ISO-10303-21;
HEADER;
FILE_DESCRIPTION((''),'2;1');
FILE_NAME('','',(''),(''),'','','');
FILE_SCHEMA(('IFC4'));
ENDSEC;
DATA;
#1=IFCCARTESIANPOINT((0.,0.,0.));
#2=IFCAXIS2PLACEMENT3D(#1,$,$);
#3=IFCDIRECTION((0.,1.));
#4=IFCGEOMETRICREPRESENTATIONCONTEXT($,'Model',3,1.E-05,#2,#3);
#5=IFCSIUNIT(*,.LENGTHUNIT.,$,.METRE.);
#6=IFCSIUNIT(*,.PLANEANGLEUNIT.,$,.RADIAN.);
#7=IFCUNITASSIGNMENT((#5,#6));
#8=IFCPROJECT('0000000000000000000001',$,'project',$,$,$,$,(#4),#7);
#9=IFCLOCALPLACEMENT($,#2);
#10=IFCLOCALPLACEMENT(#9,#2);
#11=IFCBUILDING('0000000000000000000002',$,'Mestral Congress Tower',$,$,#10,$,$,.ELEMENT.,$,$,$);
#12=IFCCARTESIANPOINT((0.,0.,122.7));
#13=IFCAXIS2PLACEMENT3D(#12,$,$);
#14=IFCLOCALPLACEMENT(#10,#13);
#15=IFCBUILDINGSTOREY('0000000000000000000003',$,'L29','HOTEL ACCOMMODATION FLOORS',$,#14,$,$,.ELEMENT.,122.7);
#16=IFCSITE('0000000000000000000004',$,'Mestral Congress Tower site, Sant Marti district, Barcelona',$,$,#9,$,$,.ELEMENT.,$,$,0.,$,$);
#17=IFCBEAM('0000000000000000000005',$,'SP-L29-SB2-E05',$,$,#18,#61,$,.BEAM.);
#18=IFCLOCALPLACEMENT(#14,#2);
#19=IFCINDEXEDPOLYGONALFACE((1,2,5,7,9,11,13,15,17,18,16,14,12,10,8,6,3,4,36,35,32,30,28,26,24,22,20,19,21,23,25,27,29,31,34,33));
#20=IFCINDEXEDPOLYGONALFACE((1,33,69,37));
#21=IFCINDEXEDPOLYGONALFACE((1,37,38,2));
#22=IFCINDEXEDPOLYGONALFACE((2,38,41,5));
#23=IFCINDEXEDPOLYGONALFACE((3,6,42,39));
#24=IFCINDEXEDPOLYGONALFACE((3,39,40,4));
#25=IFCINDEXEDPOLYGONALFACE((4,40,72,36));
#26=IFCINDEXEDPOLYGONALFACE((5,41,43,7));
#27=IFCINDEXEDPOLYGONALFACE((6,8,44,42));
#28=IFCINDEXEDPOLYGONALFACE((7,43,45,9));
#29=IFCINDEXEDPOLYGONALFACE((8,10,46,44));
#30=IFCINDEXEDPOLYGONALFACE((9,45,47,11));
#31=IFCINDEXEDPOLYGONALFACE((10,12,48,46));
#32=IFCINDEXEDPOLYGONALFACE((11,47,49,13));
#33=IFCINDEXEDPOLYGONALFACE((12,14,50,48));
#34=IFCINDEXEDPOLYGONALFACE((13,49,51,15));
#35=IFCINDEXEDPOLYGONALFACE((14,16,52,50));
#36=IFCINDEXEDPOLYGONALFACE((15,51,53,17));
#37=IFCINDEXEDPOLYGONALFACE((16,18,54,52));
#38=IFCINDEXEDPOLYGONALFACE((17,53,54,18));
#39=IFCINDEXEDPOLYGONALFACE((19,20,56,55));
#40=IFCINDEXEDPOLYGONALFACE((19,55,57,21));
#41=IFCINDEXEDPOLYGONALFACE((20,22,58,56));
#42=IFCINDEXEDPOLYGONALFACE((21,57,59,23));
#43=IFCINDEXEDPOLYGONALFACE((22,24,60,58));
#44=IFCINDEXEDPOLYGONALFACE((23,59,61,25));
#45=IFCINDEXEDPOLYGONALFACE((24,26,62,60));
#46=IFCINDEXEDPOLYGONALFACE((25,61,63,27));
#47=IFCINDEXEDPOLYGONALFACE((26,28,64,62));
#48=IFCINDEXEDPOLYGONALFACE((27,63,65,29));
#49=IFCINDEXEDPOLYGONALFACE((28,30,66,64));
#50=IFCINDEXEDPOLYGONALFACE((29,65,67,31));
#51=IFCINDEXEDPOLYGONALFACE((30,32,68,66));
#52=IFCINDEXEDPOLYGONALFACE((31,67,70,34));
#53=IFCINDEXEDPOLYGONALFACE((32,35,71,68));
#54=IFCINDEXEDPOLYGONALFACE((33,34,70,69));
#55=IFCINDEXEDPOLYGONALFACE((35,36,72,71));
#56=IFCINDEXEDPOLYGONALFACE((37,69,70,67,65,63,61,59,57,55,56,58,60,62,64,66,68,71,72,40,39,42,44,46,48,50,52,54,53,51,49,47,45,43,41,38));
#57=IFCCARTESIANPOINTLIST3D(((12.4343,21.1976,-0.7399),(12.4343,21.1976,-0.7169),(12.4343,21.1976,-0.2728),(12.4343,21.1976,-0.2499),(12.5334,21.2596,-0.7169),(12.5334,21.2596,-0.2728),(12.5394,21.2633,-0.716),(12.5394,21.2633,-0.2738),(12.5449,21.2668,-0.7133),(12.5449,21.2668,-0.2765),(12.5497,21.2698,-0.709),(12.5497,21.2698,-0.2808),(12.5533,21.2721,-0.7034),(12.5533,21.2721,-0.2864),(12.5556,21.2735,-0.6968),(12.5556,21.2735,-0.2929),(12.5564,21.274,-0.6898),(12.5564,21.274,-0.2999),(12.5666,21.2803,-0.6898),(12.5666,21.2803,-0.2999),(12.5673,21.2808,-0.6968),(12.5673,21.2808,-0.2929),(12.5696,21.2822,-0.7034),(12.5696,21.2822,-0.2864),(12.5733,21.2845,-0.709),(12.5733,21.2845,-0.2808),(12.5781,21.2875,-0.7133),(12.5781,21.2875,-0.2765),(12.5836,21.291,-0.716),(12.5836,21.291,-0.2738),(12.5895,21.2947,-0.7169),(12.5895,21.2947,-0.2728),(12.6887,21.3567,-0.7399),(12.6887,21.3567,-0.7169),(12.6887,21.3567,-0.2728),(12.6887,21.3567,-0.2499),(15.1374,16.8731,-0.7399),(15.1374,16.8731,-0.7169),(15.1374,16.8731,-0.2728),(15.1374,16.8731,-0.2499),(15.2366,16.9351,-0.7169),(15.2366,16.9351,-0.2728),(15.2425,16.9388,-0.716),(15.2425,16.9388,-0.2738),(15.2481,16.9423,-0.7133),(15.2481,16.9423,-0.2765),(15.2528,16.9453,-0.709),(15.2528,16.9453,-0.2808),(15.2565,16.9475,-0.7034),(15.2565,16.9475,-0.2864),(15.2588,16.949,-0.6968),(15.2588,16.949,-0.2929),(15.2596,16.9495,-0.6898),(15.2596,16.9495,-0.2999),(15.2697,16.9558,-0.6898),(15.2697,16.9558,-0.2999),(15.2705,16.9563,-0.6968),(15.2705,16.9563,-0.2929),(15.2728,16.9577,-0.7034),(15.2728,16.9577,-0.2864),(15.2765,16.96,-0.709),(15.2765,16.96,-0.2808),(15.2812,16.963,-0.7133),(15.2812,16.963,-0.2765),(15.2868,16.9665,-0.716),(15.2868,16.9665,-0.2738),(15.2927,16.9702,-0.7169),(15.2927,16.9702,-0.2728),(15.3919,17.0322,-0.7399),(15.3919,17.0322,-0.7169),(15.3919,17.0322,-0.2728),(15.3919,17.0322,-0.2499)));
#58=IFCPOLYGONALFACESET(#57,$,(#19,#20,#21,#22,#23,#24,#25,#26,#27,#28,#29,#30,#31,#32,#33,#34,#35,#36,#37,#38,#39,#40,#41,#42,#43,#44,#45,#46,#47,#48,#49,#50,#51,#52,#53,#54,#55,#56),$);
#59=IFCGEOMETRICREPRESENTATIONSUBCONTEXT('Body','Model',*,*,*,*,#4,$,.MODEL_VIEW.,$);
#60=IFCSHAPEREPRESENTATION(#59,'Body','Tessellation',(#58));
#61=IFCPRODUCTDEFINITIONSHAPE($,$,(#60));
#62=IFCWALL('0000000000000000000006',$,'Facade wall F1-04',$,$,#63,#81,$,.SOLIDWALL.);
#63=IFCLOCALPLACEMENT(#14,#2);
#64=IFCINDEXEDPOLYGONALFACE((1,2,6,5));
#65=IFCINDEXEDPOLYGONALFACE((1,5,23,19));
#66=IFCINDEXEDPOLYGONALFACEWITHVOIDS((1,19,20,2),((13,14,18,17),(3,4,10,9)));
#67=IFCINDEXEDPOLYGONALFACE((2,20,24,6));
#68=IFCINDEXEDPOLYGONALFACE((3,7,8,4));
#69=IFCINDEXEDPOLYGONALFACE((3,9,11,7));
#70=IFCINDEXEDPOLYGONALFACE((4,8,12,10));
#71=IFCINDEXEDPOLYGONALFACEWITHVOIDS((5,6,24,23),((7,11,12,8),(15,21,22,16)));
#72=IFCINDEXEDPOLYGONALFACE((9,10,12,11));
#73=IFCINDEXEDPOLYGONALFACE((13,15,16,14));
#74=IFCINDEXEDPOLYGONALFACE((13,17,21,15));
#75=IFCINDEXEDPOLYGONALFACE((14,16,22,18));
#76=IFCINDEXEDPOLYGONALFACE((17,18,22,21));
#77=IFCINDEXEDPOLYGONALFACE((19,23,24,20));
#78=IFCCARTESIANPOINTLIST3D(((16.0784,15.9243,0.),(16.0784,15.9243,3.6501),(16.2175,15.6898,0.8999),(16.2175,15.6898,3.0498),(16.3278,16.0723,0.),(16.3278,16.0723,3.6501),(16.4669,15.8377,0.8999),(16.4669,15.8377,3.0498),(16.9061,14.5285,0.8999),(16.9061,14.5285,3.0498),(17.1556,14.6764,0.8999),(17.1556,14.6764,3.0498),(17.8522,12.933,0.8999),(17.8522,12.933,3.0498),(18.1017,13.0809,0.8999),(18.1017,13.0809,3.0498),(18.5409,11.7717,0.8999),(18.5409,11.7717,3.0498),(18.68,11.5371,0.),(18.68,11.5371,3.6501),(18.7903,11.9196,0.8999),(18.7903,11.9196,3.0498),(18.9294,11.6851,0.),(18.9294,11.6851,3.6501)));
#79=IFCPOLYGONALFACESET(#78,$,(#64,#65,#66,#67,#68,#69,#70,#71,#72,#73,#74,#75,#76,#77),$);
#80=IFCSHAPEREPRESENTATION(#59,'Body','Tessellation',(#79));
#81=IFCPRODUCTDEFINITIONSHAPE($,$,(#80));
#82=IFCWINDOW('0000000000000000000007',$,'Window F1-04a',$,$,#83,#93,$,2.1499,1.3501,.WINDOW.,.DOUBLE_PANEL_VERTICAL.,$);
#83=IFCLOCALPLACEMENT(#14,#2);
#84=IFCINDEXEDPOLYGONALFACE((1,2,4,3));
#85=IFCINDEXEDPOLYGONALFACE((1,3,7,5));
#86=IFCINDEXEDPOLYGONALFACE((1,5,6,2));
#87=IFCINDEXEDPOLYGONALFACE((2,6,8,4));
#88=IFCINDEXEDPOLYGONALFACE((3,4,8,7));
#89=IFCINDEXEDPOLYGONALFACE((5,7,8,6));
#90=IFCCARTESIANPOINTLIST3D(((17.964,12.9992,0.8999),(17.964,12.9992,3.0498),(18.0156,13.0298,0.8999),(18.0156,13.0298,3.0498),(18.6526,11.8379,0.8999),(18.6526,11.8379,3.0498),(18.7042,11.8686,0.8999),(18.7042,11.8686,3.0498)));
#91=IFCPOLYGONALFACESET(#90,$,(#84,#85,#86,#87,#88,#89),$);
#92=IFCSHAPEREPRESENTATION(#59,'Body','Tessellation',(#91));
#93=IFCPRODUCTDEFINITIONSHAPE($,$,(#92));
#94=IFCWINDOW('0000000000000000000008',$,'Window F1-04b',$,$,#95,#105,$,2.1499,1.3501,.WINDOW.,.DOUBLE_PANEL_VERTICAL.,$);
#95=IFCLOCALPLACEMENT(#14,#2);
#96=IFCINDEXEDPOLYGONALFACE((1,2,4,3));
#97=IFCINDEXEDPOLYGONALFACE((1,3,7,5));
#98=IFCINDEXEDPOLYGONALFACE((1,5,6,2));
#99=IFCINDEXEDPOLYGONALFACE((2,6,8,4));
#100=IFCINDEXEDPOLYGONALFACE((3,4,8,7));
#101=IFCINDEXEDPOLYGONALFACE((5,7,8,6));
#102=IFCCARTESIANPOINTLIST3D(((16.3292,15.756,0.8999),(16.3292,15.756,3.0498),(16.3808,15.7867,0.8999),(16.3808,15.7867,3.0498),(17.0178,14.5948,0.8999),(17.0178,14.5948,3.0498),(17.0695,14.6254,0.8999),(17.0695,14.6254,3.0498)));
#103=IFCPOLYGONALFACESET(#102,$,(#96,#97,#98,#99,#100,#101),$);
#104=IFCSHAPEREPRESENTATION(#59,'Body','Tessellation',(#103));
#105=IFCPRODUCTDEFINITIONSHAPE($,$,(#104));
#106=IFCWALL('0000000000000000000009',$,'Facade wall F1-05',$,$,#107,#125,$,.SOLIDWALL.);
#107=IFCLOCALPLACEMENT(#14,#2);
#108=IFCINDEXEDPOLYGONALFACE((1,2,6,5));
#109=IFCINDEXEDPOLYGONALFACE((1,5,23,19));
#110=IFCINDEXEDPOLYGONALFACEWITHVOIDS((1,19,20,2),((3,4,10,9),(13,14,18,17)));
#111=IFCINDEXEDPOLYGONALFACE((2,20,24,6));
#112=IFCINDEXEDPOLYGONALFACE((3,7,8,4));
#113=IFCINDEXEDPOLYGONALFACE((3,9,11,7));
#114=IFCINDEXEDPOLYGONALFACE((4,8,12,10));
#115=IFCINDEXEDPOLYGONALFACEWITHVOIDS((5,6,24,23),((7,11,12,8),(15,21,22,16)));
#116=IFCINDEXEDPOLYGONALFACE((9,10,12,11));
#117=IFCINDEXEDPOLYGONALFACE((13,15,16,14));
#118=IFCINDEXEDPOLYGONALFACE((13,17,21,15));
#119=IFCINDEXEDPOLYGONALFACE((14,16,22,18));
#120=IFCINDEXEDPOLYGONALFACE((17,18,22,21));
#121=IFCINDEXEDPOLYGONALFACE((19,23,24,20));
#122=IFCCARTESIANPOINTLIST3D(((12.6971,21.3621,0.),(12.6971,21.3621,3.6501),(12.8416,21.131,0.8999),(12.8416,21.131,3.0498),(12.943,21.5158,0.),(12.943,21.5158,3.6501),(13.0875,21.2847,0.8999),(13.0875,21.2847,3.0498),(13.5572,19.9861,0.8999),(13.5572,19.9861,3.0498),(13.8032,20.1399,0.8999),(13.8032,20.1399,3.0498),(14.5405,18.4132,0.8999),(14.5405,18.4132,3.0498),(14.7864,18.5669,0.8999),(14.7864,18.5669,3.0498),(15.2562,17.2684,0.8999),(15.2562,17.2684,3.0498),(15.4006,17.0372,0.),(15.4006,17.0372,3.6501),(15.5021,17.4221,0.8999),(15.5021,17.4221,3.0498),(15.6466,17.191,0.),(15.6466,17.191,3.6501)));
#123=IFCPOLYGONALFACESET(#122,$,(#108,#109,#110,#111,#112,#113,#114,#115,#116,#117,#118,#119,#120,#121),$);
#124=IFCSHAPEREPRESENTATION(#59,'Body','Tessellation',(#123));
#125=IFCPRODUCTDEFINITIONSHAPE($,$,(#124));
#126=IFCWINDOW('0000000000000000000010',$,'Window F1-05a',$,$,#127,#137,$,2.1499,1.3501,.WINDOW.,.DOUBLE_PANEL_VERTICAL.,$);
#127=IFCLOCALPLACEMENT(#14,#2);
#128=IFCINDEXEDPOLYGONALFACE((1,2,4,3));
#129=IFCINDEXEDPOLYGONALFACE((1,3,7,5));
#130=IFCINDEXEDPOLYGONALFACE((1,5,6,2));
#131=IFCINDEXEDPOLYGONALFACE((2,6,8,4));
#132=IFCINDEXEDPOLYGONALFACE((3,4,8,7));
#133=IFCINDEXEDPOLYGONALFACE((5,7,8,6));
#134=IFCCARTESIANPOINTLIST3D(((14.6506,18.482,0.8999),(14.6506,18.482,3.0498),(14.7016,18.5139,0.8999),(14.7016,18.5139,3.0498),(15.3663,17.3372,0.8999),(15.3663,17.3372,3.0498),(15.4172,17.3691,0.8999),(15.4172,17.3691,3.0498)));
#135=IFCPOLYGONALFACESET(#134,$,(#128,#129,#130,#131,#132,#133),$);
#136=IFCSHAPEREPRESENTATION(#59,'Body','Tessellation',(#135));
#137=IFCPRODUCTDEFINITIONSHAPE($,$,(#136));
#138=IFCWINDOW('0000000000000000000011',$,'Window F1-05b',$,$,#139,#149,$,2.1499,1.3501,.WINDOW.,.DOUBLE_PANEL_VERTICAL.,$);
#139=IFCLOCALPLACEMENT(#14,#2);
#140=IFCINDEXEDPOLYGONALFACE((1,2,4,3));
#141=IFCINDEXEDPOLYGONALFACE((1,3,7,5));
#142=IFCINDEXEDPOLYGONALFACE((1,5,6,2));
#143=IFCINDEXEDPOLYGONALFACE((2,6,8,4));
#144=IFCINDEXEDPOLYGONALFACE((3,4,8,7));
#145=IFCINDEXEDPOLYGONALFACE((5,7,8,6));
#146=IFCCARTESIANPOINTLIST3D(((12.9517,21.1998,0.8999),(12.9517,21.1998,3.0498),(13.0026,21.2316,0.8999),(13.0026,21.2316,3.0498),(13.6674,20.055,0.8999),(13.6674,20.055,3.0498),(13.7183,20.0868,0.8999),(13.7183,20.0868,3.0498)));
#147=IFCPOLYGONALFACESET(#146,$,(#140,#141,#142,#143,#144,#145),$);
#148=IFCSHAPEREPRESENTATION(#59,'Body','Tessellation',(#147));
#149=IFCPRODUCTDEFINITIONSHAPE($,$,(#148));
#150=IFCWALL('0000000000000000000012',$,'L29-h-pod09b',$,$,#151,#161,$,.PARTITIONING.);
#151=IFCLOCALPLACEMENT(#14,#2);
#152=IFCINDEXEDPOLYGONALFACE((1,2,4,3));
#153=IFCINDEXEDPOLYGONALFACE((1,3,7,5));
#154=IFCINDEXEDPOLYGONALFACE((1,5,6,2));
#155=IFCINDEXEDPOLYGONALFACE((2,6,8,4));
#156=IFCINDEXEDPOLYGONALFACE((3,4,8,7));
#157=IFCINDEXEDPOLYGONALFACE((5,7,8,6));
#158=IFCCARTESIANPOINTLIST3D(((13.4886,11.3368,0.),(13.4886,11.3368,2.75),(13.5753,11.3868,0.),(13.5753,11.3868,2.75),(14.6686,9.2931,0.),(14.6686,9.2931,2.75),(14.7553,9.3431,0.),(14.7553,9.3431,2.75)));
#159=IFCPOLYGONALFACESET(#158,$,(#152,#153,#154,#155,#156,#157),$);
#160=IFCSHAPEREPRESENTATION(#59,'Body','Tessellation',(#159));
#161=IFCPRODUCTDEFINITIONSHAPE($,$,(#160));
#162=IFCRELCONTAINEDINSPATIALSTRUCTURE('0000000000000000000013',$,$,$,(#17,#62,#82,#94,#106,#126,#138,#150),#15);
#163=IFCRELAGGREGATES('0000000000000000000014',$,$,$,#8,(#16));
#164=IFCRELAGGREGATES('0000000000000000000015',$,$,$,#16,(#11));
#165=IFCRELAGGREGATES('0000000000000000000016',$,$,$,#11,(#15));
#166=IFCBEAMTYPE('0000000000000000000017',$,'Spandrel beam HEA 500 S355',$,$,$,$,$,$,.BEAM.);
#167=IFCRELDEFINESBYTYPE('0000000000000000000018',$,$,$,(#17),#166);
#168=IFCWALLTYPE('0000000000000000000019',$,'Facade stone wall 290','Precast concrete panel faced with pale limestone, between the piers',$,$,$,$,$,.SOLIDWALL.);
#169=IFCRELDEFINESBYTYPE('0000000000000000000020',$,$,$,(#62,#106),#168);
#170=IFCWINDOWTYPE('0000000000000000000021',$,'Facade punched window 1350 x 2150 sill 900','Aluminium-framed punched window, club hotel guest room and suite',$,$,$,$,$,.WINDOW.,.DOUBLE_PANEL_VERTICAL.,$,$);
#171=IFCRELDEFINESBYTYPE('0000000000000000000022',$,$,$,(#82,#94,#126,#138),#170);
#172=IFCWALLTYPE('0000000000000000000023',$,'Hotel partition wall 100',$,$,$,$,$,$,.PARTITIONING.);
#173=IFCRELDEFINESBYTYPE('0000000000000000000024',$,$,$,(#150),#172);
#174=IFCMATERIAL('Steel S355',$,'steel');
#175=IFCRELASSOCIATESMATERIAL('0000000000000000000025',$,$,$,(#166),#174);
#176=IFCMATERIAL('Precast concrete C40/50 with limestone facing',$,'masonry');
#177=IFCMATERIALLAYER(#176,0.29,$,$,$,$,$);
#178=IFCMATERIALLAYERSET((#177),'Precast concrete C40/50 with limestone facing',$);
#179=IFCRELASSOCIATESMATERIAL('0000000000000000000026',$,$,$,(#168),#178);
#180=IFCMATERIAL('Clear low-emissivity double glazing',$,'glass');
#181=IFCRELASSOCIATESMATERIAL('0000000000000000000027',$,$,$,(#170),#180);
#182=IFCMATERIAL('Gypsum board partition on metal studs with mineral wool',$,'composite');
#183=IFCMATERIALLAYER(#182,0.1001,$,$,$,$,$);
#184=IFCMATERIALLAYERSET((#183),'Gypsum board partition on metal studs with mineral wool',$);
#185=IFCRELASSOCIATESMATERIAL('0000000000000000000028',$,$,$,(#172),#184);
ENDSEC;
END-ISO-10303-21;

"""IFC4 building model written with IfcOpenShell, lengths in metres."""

from ifc_helpers import new_model, si_unit, direction, frame, frame_2d, origin, origin_2d, place, context, subcontext, project, spatial, rectangle, i_section, extrude, material, layer, layer_set, material_profile, profile_set, type_object, element, fill, save


model = new_model("IFC4")

# Units and contexts
model_context = context("Model", 3, precision=1e-05, world=origin(), true_north=direction((0.0, 1.0)))
body_context = subcontext(model_context, "Body", "Model", "MODEL_VIEW")
ifc_project = project(units=[si_unit("LENGTHUNIT", "METRE"), si_unit("PLANEANGLEUNIT", "RADIAN")], contexts=[model_context])

# Site, building, storey
site_placement = place(None, origin())
site = spatial("IfcSite", under=ifc_project, at=site_placement, Name="Mestral Congress Tower site, Sant Marti district, Barcelona", CompositionType="ELEMENT", RefElevation=0.0)
building_placement = place(site_placement, origin())
building = spatial("IfcBuilding", under=site, at=building_placement, Name="Mestral Congress Tower", CompositionType="ELEMENT")
storey_placement = place(building_placement, frame((0.0, 0.0, 122.7)))
storey = spatial("IfcBuildingStorey", under=building, at=storey_placement, Name="L29", Description="HOTEL ACCOMMODATION FLOORS", CompositionType="ELEMENT", Elevation=122.7)

# Beam
ifc_material_1 = material(Name="Steel S355", Category="steel")
ifc_material_profile_1 = material_profile(ifc_material_1, i_section(OverallWidth=0.3, OverallDepth=0.49, WebThickness=0.012, FlangeThickness=0.0229, FilletRadius=0.0271, at=origin_2d()), Name="HEA 500")
ifc_profile_set_1 = profile_set([ifc_material_profile_1], Name="Steel S355")
beam_type_1 = type_object("IfcBeamType", Name="Spandrel beam HEA 500 S355", PredefinedType="BEAM", material=ifc_profile_set_1)
for number, where, z_axis, x_axis, name in (
    (1, (15.2646, 16.9526, -0.4949), (-0.530046, 0.847969, 0.0), (-0.847969, -0.530046, 0.0), "SP-L29-SB2-E05"),
):
    element("IfcBeam", number, at=place(storey_placement, frame(where, z_axis=z_axis, x_axis=x_axis)), inside=storey, type_object=beam_type_1, Name=name, PredefinedType="BEAM", context=body_context, shape_type="SweptSolid", body=[
        extrude(i_section(OverallWidth=0.3, OverallDepth=0.49, WebThickness=0.012, FlangeThickness=0.0229, FilletRadius=0.0271, at=origin_2d()), origin(), (0.0, 0.0, 1.0), 5.0999),
    ])

# Walls, openings, windows
ifc_material_2 = material(Name="Precast concrete C40/50 with limestone facing", Category="masonry")
ifc_layer_1 = layer(ifc_material_2, 0.29)
ifc_layer_set_1 = layer_set([ifc_layer_1], Name="Precast concrete C40/50 with limestone facing")
wall_type_1 = type_object("IfcWallType", Name="Facade stone wall 290", Description="Precast concrete panel faced with pale limestone, between the piers", PredefinedType="SOLIDWALL", material=ifc_layer_set_1)
wall_1_placement = place(storey_placement, frame((18.8047, 11.6111, 0.0), z_axis=(0.0, 0.0, 1.0), x_axis=(-0.510054, 0.860142, 0.0)))
wall_1 = element("IfcWall", 2, at=wall_1_placement, inside=storey, type_object=wall_type_1, Name="Facade wall F1-04", PredefinedType="SOLIDWALL", context=body_context, shape_type="SweptSolid", body=[
    extrude(rectangle(XDim=5.1006, YDim=0.29, at=frame_2d((2.5503, 0.0))), origin(), (0.0, 0.0, 1.0), 3.6501),
])
opening_1_placement = place(wall_1_placement, frame((0.2727, 0.0, 0.8999)))
opening_1 = element("IfcOpeningElement", 3, at=opening_1_placement, cuts=wall_1, PredefinedType="OPENING", context=body_context, shape_type="SweptSolid", body=[
    extrude(rectangle(XDim=1.3501, YDim=2.1499, at=frame_2d((0.675, 1.075))), frame((0.0, 0.155, 0.0), z_axis=(0.0, -1.0, 0.0), x_axis=(1.0, 0.0, 0.0)), (0.0, 0.0, 1.0), 0.3101),
])
opening_2_placement = place(wall_1_placement, frame((3.4778, 0.0, 0.8999)))
opening_2 = element("IfcOpeningElement", 4, at=opening_2_placement, cuts=wall_1, PredefinedType="OPENING", context=body_context, shape_type="SweptSolid", body=[
    extrude(rectangle(XDim=1.3501, YDim=2.1499, at=frame_2d((0.675, 1.075))), frame((0.0, 0.155, 0.0), z_axis=(0.0, -1.0, 0.0), x_axis=(1.0, 0.0, 0.0)), (0.0, 0.0, 1.0), 0.3101),
])
ifc_material_3 = material(Name="Clear low-emissivity double glazing", Category="glass")
window_type = type_object("IfcWindowType", Name="Facade punched window 1350 x 2150 sill 900", Description="Aluminium-framed punched window, club hotel guest room and suite", PartitioningType="DOUBLE_PANEL_VERTICAL", PredefinedType="WINDOW", material=ifc_material_3)
window_1_placement = place(opening_1_placement, origin())
window_1 = element("IfcWindow", 5, at=window_1_placement, inside=storey, type_object=window_type, Name="Window F1-04a", OverallHeight=2.1499, OverallWidth=1.3501, PartitioningType="DOUBLE_PANEL_VERTICAL", PredefinedType="WINDOW", context=body_context, shape_type="SweptSolid", body=[
    extrude(rectangle(XDim=1.3501, YDim=2.1499, at=frame_2d((0.675, 1.075))), frame((0.0, 0.0151, 0.0), z_axis=(0.0, -1.0, 0.0), x_axis=(1.0, 0.0, 0.0)), (0.0, 0.0, 1.0), 0.0601),
])
fill(opening_1, window_1)
window_2_placement = place(opening_2_placement, origin())
window_2 = element("IfcWindow", 6, at=window_2_placement, inside=storey, type_object=window_type, Name="Window F1-04b", OverallHeight=2.1499, OverallWidth=1.3501, PartitioningType="DOUBLE_PANEL_VERTICAL", PredefinedType="WINDOW", context=body_context, shape_type="SweptSolid", body=[
    extrude(rectangle(XDim=1.3501, YDim=2.1499, at=frame_2d((0.675, 1.075))), frame((0.0, 0.0151, 0.0), z_axis=(0.0, -1.0, 0.0), x_axis=(1.0, 0.0, 0.0)), (0.0, 0.0, 1.0), 0.0601),
])
fill(opening_2, window_2)
wall_2_placement = place(storey_placement, frame((15.5237, 17.114, 0.0), z_axis=(0.0, 0.0, 1.0), x_axis=(-0.530072, 0.847953, 0.0)))
wall_2 = element("IfcWall", 7, at=wall_2_placement, inside=storey, type_object=wall_type_1, Name="Facade wall F1-05", PredefinedType="SOLIDWALL", context=body_context, shape_type="SweptSolid", body=[
    extrude(rectangle(XDim=5.1003, YDim=0.29, at=frame_2d((2.5503, 0.0))), origin(), (0.0, 0.0, 1.0), 3.6501),
])
opening_3_placement = place(wall_2_placement, frame((0.2727, 0.0, 0.8999)))
opening_3 = element("IfcOpeningElement", 8, at=opening_3_placement, cuts=wall_2, PredefinedType="OPENING", context=body_context, shape_type="SweptSolid", body=[
    extrude(rectangle(XDim=1.3501, YDim=2.1499, at=frame_2d((0.675, 1.075))), frame((0.0, 0.155, 0.0), z_axis=(0.0, -1.0, 0.0), x_axis=(1.0, 0.0, 0.0)), (0.0, 0.0, 1.0), 0.3101),
])
opening_4_placement = place(wall_2_placement, frame((3.4778, 0.0, 0.8999)))
opening_4 = element("IfcOpeningElement", 9, at=opening_4_placement, cuts=wall_2, PredefinedType="OPENING", context=body_context, shape_type="SweptSolid", body=[
    extrude(rectangle(XDim=1.3501, YDim=2.1499, at=frame_2d((0.675, 1.075))), frame((0.0, 0.155, 0.0), z_axis=(0.0, -1.0, 0.0), x_axis=(1.0, 0.0, 0.0)), (0.0, 0.0, 1.0), 0.3101),
])
window_3_placement = place(opening_3_placement, origin())
window_3 = element("IfcWindow", 10, at=window_3_placement, inside=storey, type_object=window_type, Name="Window F1-05a", OverallHeight=2.1499, OverallWidth=1.3501, PartitioningType="DOUBLE_PANEL_VERTICAL", PredefinedType="WINDOW", context=body_context, shape_type="SweptSolid", body=[
    extrude(rectangle(XDim=1.3501, YDim=2.1499, at=frame_2d((0.675, 1.075))), frame((0.0, 0.0151, 0.0), z_axis=(0.0, -1.0, 0.0), x_axis=(1.0, 0.0, 0.0)), (0.0, 0.0, 1.0), 0.0601),
])
fill(opening_3, window_3)
window_4_placement = place(opening_4_placement, origin())
window_4 = element("IfcWindow", 11, at=window_4_placement, inside=storey, type_object=window_type, Name="Window F1-05b", OverallHeight=2.1499, OverallWidth=1.3501, PartitioningType="DOUBLE_PANEL_VERTICAL", PredefinedType="WINDOW", context=body_context, shape_type="SweptSolid", body=[
    extrude(rectangle(XDim=1.3501, YDim=2.1499, at=frame_2d((0.675, 1.075))), frame((0.0, 0.0151, 0.0), z_axis=(0.0, -1.0, 0.0), x_axis=(1.0, 0.0, 0.0)), (0.0, 0.0, 1.0), 0.0601),
])
fill(opening_4, window_4)

# Wall
ifc_material_4 = material(Name="Gypsum board partition on metal studs with mineral wool", Category="composite")
ifc_layer_2 = layer(ifc_material_4, 0.1001)
ifc_layer_set_2 = layer_set([ifc_layer_2], Name="Gypsum board partition on metal studs with mineral wool")
wall_type_2 = type_object("IfcWallType", Name="Hotel partition wall 100", PredefinedType="PARTITIONING", material=ifc_layer_set_2)
wall_3_placement = place(storey_placement, frame((14.7119, 9.3181, 0.0), z_axis=(0.0, 0.0, 1.0), x_axis=(-0.5, 0.866025, 0.0)))
element("IfcWall", 12, at=wall_3_placement, inside=storey, type_object=wall_type_2, Name="L29-h-pod09b", PredefinedType="PARTITIONING", context=body_context, shape_type="SweptSolid", body=[
    extrude(rectangle(XDim=2.3599, YDim=0.1001, at=frame_2d((1.1799, 0.0))), origin(), (0.0, 0.0, 1.0), 2.75),
])

save(model, "model.ifc")
